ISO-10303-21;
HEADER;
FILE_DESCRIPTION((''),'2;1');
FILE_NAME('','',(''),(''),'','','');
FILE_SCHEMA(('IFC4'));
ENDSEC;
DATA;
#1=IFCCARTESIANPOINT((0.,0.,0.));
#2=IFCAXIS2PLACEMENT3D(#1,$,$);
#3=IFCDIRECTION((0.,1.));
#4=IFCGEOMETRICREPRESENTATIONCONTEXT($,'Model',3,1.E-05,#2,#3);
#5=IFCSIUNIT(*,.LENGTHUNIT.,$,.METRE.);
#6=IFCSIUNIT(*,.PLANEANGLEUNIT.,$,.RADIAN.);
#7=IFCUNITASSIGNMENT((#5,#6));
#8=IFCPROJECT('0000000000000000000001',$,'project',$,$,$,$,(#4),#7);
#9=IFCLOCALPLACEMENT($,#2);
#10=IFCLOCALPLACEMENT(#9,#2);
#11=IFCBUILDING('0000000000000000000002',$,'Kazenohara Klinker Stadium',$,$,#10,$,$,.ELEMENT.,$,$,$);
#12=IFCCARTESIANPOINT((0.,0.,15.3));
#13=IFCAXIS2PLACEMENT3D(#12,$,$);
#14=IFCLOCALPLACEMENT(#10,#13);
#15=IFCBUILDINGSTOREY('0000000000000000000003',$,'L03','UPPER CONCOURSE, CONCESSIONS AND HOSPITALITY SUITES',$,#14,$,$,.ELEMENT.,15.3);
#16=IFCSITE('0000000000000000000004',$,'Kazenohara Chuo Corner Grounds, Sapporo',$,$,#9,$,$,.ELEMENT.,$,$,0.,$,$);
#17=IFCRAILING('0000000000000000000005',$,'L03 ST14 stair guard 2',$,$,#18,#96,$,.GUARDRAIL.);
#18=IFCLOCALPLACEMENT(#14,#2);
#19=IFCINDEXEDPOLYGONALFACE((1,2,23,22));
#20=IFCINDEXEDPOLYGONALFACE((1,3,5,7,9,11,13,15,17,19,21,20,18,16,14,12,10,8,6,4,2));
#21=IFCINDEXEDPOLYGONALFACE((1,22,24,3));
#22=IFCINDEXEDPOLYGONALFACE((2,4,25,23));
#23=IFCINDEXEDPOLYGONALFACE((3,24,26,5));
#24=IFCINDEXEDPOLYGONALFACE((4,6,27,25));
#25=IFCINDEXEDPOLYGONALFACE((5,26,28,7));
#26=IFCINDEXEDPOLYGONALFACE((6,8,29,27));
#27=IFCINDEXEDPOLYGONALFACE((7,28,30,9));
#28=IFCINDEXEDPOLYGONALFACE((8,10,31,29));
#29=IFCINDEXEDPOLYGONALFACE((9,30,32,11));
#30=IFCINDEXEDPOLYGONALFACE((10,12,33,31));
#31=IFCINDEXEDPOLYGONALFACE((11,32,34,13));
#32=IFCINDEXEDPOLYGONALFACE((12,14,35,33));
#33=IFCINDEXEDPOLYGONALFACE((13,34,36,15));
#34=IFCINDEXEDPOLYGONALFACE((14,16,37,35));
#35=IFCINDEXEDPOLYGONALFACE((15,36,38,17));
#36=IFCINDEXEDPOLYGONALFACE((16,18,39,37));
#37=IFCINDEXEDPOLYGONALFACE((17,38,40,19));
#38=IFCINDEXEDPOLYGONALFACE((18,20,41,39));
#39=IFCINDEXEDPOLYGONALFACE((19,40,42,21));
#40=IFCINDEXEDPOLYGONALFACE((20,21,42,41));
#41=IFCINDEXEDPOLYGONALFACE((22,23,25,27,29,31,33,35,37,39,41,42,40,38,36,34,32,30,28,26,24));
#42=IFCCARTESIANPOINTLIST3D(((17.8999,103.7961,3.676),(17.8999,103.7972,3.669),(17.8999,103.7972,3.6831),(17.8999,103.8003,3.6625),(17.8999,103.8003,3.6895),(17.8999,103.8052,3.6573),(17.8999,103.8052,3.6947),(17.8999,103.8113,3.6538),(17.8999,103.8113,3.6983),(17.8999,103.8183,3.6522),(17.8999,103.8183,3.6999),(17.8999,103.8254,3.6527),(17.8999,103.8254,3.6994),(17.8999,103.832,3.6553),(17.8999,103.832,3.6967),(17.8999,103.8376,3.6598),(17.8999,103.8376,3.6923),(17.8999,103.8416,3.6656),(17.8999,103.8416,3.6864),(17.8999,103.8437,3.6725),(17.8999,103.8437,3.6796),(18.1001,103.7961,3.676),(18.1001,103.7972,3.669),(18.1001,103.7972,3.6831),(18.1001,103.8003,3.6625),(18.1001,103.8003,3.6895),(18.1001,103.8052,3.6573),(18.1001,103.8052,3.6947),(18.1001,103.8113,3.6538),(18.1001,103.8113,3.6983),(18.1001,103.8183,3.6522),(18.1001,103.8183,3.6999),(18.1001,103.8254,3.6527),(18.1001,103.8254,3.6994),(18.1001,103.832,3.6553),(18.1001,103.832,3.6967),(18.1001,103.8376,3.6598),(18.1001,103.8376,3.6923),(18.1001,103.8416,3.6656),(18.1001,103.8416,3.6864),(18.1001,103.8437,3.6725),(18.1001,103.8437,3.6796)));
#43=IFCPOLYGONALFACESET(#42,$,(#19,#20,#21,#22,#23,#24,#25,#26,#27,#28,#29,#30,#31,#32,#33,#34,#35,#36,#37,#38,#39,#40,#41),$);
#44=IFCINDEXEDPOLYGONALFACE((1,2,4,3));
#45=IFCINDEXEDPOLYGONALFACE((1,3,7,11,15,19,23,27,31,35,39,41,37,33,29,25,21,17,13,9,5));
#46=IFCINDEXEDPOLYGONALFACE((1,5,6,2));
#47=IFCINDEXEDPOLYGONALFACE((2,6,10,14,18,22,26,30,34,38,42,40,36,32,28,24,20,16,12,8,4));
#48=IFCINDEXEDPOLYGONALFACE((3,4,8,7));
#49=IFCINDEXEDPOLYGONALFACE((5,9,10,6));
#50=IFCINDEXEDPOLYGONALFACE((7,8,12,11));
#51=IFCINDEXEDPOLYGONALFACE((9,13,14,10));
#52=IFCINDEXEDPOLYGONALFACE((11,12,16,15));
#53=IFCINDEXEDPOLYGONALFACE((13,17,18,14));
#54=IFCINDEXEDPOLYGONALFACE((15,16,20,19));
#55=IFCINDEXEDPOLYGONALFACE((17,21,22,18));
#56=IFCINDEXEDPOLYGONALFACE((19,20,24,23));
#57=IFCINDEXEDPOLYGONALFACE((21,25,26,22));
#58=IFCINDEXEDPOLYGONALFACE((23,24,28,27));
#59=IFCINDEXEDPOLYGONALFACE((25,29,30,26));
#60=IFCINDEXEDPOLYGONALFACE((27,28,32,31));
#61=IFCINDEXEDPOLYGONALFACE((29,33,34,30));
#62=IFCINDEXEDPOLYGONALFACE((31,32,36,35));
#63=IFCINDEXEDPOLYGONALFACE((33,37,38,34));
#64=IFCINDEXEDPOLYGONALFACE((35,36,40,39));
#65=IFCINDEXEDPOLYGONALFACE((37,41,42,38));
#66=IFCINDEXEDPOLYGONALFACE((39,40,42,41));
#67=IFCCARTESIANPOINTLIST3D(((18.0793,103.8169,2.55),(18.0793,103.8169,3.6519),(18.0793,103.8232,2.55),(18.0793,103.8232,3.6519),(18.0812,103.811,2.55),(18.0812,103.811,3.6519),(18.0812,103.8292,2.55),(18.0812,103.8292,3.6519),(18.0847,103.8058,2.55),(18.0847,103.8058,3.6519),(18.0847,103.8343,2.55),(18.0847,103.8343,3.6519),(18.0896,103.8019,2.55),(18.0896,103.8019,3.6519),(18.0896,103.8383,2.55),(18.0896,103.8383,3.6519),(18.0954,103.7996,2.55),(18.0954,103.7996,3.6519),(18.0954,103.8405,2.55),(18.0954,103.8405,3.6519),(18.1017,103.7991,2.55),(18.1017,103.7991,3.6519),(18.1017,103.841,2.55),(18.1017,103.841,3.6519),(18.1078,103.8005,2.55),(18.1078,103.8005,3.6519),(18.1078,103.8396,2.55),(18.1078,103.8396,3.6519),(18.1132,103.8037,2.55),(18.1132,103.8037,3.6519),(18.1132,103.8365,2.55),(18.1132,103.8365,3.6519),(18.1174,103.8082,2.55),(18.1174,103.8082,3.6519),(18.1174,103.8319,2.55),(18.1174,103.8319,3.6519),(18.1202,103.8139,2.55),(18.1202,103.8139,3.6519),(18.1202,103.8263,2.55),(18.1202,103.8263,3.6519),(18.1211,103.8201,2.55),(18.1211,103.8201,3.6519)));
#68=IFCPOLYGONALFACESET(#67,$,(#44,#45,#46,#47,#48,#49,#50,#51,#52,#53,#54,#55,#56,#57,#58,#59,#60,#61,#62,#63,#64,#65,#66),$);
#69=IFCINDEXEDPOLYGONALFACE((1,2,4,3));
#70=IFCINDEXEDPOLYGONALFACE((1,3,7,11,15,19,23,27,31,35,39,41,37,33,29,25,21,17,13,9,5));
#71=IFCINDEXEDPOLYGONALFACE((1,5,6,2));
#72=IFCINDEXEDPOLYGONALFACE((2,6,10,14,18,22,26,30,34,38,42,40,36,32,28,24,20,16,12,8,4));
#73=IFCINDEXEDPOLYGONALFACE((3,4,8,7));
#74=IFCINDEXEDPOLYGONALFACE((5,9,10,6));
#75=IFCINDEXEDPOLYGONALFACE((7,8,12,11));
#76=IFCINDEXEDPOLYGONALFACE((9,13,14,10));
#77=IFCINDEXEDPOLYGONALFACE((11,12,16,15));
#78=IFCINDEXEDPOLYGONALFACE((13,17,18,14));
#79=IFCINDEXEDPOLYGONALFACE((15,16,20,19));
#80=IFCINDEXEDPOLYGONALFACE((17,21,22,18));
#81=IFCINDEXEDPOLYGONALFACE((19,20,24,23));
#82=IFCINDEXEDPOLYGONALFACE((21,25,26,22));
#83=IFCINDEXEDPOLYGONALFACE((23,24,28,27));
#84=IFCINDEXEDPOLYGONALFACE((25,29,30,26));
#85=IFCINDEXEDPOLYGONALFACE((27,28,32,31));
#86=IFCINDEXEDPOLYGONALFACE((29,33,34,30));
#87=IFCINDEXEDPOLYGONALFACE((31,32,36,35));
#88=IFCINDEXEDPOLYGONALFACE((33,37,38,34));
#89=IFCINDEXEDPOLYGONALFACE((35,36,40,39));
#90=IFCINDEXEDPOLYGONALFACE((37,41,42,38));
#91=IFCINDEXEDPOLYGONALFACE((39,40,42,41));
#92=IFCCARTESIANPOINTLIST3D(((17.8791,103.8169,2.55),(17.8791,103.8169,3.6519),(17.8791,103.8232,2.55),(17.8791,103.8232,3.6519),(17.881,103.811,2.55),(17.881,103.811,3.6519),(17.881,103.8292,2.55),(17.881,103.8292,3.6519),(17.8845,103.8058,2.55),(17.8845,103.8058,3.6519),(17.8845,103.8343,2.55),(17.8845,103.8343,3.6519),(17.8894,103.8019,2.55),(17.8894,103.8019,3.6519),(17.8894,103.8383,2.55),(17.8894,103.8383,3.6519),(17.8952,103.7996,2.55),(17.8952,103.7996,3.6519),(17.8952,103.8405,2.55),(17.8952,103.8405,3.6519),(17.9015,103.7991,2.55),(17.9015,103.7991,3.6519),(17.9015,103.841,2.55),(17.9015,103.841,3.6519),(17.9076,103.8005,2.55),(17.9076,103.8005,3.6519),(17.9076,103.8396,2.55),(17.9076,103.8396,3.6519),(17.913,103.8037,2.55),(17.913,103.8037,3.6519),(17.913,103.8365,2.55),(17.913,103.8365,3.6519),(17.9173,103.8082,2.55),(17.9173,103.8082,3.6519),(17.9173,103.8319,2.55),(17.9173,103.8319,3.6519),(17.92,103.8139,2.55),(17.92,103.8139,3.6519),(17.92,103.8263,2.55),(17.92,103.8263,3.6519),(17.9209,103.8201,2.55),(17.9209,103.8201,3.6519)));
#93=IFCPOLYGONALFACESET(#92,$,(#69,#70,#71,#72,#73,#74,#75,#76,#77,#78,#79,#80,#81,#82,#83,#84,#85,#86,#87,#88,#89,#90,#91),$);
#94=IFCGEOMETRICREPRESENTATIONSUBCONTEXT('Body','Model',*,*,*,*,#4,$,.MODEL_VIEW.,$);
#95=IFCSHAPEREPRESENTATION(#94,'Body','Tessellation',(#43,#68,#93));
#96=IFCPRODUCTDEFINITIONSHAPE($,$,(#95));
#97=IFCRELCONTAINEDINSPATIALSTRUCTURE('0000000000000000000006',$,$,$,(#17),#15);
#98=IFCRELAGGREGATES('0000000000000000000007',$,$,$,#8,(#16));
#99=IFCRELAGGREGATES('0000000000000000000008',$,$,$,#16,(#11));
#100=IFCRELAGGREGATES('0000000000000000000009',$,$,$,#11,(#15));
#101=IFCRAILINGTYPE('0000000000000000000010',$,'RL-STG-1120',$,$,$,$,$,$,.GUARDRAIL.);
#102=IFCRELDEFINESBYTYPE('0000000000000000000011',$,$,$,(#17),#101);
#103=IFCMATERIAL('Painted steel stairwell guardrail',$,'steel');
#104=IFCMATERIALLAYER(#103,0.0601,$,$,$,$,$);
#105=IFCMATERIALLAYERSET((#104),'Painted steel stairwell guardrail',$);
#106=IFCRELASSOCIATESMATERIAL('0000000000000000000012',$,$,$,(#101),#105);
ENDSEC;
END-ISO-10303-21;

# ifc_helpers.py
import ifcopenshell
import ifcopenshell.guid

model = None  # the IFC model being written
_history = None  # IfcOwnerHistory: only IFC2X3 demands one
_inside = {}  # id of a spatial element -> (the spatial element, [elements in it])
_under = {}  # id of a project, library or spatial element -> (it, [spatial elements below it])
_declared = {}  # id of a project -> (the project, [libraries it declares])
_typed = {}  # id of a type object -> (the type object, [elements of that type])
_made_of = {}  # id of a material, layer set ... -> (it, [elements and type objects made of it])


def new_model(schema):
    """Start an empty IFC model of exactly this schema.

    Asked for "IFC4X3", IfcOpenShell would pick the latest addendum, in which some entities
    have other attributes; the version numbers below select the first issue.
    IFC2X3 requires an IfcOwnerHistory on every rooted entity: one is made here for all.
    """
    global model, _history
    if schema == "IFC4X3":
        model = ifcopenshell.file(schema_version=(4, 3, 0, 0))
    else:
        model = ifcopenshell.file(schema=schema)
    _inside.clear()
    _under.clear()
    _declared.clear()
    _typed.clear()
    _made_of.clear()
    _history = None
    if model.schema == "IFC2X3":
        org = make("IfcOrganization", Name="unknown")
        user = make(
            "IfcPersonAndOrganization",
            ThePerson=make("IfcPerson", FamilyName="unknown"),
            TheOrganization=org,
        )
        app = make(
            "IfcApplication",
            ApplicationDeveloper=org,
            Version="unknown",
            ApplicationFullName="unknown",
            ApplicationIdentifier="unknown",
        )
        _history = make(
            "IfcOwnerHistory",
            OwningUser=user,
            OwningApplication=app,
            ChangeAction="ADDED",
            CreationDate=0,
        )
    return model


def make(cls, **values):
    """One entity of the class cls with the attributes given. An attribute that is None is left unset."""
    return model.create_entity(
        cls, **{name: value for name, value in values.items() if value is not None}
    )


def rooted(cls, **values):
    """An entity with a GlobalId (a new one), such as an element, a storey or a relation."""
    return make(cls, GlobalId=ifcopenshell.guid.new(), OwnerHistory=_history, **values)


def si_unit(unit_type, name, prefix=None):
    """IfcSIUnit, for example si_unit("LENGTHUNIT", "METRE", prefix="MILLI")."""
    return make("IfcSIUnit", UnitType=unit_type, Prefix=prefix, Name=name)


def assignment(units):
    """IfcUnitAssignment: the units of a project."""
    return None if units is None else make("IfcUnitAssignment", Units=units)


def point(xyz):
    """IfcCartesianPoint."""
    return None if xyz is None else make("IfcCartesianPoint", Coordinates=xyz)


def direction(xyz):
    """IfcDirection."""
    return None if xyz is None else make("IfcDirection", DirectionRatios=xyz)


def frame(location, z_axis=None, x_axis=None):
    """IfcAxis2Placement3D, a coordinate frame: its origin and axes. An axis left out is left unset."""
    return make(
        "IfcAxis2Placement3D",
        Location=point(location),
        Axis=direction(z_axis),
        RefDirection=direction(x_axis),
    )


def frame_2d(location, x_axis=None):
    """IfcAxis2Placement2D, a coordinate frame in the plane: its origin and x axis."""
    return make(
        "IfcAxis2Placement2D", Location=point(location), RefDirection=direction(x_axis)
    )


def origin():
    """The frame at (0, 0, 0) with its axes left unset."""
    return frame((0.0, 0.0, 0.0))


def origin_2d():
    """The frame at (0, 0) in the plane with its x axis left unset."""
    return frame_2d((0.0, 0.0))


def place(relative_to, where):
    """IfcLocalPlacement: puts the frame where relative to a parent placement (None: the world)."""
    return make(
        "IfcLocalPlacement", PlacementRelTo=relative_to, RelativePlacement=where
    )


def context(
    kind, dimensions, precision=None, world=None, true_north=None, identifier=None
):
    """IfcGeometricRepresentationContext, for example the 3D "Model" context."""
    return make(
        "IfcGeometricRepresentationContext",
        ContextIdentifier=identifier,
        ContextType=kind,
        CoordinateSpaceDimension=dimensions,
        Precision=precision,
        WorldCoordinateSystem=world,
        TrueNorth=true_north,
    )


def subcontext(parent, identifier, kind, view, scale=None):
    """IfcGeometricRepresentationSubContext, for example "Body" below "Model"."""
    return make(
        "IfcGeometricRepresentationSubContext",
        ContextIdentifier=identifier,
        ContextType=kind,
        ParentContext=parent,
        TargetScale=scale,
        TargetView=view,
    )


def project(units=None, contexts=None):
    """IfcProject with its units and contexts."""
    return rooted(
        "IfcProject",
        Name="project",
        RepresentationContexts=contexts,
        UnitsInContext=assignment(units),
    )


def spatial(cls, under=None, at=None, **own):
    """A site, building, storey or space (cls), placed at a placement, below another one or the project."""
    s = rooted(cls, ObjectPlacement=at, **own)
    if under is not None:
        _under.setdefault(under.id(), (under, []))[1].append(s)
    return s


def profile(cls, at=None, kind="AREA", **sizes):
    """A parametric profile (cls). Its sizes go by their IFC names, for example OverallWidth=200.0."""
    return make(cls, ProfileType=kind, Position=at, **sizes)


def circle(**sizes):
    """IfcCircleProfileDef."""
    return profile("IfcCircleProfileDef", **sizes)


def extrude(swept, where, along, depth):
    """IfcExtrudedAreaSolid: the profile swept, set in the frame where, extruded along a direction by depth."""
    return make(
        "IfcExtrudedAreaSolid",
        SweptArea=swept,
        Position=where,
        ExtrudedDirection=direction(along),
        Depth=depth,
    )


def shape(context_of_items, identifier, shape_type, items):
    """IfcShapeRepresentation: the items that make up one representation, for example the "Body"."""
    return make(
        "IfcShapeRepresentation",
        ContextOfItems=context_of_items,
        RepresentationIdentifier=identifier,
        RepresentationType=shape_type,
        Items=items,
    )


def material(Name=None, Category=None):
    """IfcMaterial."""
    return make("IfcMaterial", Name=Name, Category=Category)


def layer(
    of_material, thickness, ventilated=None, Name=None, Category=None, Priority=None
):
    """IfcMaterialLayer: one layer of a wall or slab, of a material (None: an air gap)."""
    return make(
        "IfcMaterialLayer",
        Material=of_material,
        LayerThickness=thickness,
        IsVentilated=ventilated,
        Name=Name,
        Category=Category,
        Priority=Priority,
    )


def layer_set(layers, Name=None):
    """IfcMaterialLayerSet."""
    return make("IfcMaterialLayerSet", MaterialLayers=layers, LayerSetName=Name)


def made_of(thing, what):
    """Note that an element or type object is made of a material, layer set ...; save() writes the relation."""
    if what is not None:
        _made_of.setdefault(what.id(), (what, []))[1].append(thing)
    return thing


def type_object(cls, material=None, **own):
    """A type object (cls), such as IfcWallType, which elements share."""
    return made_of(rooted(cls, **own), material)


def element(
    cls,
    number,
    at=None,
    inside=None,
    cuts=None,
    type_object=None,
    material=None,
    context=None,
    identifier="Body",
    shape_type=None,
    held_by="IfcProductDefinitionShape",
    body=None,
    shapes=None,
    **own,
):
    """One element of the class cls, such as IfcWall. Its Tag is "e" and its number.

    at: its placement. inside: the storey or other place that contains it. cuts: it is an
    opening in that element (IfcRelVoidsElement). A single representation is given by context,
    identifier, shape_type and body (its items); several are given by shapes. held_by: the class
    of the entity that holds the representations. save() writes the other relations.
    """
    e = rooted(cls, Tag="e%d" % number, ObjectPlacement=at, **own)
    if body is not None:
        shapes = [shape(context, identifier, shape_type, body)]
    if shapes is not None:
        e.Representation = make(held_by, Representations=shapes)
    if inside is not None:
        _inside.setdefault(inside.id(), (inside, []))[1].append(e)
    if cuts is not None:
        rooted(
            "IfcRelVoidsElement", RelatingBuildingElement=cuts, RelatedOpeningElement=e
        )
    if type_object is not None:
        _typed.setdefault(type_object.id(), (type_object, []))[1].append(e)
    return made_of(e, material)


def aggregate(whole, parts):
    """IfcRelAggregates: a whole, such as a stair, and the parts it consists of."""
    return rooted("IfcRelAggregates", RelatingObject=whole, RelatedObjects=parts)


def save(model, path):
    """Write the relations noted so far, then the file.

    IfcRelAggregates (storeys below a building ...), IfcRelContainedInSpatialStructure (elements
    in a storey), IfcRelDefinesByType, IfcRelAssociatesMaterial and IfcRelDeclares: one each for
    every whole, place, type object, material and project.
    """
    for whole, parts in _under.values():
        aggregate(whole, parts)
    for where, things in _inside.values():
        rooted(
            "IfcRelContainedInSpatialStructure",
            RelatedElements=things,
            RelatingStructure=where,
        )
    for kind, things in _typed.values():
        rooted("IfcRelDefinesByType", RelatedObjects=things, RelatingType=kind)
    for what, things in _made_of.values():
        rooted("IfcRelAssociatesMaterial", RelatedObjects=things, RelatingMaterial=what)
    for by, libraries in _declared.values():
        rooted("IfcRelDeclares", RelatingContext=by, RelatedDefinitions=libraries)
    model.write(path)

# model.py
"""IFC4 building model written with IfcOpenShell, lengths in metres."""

from ifc_helpers import new_model, si_unit, direction, frame, origin, origin_2d, place, context, subcontext, project, spatial, circle, extrude, material, layer, layer_set, type_object, element, save


model = new_model("IFC4")

# Units and contexts
model_context = context("Model", 3, precision=1e-05, world=origin(), true_north=direction((0.0, 1.0)))
body_context = subcontext(model_context, "Body", "Model", "MODEL_VIEW")
ifc_project = project(units=[si_unit("LENGTHUNIT", "METRE"), si_unit("PLANEANGLEUNIT", "RADIAN")], contexts=[model_context])

# Site, building, storey
site_placement = place(None, origin())
site = spatial("IfcSite", under=ifc_project, at=site_placement, Name="Kazenohara Chuo Corner Grounds, Sapporo", CompositionType="ELEMENT", RefElevation=0.0)
building_placement = place(site_placement, origin())
building = spatial("IfcBuilding", under=site, at=building_placement, Name="Kazenohara Klinker Stadium", CompositionType="ELEMENT")
storey_placement = place(building_placement, frame((0.0, 0.0, 15.3)))
storey = spatial("IfcBuildingStorey", under=building, at=storey_placement, Name="L03", Description="UPPER CONCOURSE, CONCESSIONS AND HOSPITALITY SUITES", CompositionType="ELEMENT", Elevation=15.3)

# Railing
ifc_material_1 = material(Name="Painted steel stairwell guardrail", Category="steel")
ifc_layer_1 = layer(ifc_material_1, 0.0601)
ifc_layer_set_1 = layer_set([ifc_layer_1], Name="Painted steel stairwell guardrail")
railing_type_1 = type_object("IfcRailingType", Name="RL-STG-1120", PredefinedType="GUARDRAIL", material=ifc_layer_set_1)
railing_1_placement = place(storey_placement, frame((18.1001, 103.8201, 2.55)))
element("IfcRailing", 1, at=railing_1_placement, inside=storey, type_object=railing_type_1, Name="L03 ST14 stair guard 2", PredefinedType="GUARDRAIL", context=body_context, shape_type="SweptSolid", body=[
    extrude(circle(Radius=0.0239, at=origin_2d()), frame((0.0, 0.0, 1.126), z_axis=(-1.0, 0.0, 0.0), x_axis=(0.0, -1.0, 0.0)), (0.0, 0.0, 1.0), 0.2002),
    extrude(circle(Radius=0.021, at=origin_2d()), origin(), (0.0, 0.0, 1.0), 1.1018),
    extrude(circle(Radius=0.021, at=origin_2d()), frame((-0.2002, 0.0, 0.0)), (0.0, 0.0, 1.0), 1.1018),
])

save(model, "model.ifc")
